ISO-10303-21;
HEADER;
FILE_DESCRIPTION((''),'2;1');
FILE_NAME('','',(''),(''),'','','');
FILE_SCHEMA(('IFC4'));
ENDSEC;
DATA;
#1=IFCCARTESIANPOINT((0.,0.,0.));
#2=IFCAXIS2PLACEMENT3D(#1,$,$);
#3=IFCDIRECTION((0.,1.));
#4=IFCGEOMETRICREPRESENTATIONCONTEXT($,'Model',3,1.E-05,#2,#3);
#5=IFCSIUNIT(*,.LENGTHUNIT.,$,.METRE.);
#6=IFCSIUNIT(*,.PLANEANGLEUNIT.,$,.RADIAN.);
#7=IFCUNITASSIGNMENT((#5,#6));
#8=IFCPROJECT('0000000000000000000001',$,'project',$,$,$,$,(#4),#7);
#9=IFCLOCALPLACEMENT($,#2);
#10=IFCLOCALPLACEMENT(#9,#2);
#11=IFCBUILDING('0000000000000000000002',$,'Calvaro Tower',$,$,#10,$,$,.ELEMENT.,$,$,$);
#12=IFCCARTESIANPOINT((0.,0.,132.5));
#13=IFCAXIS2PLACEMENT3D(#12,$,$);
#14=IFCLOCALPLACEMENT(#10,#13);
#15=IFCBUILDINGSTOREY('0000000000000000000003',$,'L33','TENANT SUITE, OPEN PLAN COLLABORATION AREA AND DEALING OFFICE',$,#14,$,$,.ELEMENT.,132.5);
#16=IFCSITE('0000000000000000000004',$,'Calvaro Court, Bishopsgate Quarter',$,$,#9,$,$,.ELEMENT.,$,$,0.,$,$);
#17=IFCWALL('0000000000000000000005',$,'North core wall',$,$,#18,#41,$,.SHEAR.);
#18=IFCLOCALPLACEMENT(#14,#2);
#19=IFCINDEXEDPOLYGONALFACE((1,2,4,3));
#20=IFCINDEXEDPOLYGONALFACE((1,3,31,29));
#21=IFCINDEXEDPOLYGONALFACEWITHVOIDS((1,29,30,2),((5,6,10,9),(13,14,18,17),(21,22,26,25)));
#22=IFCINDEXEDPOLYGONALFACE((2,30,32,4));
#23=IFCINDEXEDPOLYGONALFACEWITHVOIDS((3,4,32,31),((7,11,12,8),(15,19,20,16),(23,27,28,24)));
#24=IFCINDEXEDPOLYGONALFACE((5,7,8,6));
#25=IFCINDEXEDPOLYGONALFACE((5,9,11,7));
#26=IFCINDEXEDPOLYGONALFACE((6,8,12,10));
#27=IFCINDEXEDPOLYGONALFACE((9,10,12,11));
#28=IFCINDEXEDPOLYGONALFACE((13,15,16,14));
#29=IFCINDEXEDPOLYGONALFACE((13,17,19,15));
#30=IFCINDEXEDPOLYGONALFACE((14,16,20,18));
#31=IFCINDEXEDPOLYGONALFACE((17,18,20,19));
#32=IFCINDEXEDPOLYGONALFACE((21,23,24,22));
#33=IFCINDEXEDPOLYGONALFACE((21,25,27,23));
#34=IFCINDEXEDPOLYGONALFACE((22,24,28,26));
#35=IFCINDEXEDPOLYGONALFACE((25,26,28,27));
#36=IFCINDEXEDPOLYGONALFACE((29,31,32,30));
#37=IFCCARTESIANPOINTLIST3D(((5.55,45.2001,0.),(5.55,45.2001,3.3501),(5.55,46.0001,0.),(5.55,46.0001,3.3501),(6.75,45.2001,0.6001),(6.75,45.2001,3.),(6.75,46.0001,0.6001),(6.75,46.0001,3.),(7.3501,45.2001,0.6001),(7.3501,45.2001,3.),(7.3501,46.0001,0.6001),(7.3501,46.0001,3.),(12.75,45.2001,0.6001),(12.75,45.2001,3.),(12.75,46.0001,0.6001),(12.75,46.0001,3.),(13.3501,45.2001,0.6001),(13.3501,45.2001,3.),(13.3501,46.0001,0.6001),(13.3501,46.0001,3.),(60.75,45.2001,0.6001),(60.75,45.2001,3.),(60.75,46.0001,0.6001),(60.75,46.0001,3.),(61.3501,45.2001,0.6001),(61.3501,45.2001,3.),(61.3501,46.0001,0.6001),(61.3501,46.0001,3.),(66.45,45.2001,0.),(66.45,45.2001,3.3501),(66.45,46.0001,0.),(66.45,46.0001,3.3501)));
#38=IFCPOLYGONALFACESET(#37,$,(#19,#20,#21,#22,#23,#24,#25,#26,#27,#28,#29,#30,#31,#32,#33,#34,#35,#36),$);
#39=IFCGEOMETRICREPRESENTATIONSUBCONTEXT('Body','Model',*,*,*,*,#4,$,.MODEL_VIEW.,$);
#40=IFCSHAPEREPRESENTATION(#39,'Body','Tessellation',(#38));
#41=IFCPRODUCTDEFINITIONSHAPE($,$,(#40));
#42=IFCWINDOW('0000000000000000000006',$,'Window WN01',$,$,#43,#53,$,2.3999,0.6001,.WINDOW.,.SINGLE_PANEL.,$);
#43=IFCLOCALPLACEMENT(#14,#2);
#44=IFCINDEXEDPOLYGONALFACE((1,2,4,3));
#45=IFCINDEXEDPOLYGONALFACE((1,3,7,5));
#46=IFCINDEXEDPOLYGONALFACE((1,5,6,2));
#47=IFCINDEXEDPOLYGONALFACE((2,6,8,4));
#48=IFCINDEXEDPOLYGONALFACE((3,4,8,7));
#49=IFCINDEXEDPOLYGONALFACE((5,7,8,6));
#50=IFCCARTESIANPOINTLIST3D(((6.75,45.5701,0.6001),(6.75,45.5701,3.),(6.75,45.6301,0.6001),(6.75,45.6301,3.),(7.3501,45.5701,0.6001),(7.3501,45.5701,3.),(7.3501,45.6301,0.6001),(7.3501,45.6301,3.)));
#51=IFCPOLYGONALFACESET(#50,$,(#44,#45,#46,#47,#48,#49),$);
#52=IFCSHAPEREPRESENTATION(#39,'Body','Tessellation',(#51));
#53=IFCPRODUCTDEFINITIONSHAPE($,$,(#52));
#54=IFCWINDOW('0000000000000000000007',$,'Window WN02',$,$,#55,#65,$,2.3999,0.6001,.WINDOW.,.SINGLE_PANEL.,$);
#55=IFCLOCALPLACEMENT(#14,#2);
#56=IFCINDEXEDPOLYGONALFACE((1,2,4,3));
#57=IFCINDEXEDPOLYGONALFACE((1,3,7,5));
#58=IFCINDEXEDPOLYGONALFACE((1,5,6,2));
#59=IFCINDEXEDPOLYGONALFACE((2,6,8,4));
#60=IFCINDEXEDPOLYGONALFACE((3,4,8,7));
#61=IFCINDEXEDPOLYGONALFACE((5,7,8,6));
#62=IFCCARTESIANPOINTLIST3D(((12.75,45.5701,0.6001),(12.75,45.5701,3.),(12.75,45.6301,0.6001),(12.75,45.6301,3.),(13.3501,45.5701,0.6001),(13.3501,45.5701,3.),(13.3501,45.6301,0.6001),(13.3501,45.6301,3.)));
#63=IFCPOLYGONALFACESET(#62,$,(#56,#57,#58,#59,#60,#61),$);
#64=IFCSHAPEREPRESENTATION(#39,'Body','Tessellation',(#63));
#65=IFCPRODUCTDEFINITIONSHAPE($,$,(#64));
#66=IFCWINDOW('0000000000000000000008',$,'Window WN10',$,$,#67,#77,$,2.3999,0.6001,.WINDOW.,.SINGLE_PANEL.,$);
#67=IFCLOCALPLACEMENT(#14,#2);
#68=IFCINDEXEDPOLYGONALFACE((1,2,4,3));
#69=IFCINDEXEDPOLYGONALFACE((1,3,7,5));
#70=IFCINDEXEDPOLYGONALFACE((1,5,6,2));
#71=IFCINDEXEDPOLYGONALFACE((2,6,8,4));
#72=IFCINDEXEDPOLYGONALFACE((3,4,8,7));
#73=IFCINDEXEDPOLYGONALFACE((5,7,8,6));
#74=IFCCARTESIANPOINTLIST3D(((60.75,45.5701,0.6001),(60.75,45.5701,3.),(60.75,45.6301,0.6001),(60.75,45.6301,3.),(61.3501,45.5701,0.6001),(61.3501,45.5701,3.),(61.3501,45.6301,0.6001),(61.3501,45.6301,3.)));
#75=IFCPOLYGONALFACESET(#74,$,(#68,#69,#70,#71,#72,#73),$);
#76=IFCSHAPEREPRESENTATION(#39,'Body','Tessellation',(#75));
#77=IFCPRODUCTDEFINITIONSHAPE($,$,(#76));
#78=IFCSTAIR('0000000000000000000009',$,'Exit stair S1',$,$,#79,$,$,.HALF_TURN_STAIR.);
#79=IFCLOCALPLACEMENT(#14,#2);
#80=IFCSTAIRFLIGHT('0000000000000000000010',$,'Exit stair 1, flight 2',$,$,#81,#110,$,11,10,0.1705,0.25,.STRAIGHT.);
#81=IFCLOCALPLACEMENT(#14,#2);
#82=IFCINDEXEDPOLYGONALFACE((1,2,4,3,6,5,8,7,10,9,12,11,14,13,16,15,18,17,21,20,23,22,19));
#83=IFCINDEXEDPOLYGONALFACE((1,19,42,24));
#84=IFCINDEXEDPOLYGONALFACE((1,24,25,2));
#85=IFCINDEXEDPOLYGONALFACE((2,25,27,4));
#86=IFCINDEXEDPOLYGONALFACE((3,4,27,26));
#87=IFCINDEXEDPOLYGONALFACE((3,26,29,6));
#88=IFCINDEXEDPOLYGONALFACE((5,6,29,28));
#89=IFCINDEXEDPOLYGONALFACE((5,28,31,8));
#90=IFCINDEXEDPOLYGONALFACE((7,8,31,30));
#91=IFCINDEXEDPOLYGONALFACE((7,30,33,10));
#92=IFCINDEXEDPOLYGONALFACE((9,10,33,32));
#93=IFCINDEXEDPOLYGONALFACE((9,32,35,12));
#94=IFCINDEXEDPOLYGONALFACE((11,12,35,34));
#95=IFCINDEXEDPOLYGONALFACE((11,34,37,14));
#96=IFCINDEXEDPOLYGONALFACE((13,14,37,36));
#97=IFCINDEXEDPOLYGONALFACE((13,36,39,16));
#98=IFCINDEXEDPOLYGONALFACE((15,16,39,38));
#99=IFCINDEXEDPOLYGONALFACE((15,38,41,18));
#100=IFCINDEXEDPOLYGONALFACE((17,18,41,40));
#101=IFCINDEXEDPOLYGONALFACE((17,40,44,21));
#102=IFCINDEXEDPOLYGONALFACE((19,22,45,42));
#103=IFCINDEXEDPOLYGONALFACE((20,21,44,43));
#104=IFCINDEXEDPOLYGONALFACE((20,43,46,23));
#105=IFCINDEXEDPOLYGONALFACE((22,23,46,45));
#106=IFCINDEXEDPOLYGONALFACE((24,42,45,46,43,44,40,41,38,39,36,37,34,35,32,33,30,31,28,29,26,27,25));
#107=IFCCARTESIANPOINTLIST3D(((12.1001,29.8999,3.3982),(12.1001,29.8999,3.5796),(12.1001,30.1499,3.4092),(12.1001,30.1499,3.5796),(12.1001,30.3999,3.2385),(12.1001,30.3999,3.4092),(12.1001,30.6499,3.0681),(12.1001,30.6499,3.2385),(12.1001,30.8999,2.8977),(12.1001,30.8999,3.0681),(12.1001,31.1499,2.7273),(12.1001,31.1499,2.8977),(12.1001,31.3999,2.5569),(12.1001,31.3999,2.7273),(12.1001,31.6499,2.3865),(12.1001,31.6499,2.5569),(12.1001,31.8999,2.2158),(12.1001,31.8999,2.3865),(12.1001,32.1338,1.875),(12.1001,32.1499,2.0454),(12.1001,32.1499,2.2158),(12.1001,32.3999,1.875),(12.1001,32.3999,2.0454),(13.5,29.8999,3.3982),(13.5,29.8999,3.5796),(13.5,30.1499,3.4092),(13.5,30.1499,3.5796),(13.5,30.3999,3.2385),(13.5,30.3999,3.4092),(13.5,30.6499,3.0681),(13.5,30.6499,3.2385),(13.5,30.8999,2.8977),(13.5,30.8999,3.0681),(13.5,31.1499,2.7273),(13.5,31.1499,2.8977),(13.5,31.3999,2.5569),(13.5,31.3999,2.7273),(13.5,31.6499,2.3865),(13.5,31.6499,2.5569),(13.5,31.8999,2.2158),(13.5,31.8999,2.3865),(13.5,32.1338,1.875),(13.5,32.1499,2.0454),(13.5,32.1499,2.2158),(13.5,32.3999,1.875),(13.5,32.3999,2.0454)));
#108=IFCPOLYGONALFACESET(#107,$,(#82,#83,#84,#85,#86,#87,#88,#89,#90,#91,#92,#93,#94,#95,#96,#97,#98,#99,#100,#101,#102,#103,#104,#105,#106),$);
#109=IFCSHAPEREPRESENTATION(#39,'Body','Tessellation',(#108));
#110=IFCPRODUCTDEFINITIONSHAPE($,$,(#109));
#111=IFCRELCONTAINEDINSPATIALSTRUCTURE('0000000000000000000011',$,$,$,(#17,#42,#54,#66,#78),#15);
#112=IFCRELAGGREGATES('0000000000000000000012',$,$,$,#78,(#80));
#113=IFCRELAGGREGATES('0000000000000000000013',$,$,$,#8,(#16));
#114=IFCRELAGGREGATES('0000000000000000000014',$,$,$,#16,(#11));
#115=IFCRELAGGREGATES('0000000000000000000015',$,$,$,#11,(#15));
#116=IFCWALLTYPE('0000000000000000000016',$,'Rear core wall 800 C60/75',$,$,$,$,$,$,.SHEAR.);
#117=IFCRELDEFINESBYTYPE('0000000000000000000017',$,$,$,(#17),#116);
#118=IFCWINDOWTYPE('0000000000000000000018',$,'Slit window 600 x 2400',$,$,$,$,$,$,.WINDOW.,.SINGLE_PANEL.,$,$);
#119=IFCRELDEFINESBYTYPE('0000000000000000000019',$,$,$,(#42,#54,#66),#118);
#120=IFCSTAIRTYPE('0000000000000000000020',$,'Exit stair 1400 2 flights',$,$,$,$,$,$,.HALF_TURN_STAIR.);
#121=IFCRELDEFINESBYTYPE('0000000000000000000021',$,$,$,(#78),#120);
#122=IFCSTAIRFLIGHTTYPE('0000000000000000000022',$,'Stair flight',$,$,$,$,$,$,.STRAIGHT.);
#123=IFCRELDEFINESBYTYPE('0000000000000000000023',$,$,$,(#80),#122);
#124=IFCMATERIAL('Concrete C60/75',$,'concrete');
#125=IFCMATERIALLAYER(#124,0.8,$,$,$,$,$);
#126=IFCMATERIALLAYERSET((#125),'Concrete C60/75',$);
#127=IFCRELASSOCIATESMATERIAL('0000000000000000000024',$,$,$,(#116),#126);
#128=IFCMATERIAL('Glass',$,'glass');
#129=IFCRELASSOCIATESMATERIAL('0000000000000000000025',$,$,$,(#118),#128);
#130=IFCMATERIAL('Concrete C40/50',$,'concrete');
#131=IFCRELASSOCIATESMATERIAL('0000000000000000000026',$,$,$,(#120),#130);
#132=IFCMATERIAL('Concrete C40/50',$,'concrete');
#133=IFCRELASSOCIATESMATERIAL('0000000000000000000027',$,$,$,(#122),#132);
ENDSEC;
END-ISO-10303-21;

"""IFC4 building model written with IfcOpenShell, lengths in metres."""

from ifc_helpers import new_model, si_unit, direction, frame, frame_2d, origin, place, context, subcontext, project, spatial, polyline, rectangle, outline, extrude, material, layer, layer_set, type_object, element, fill, aggregate, save


model = new_model("IFC4")

# Units and contexts
model_context = context("Model", 3, precision=1e-05, world=origin(), true_north=direction((0.0, 1.0)))
body_context = subcontext(model_context, "Body", "Model", "MODEL_VIEW")
ifc_project = project(units=[si_unit("LENGTHUNIT", "METRE"), si_unit("PLANEANGLEUNIT", "RADIAN")], contexts=[model_context])

# Site, building, storey
site_placement = place(None, origin())
site = spatial("IfcSite", under=ifc_project, at=site_placement, Name="Calvaro Court, Bishopsgate Quarter", CompositionType="ELEMENT", RefElevation=0.0)
building_placement = place(site_placement, origin())
building = spatial("IfcBuilding", under=site, at=building_placement, Name="Calvaro Tower", CompositionType="ELEMENT")
storey_placement = place(building_placement, frame((0.0, 0.0, 132.5)))
storey = spatial("IfcBuildingStorey", under=building, at=storey_placement, Name="L33", Description="TENANT SUITE, OPEN PLAN COLLABORATION AREA AND DEALING OFFICE", CompositionType="ELEMENT", Elevation=132.5)

# Wall, openings, windows
ifc_material_1 = material(Name="Concrete C60/75", Category="concrete")
ifc_layer_1 = layer(ifc_material_1, 0.8)
ifc_layer_set_1 = layer_set([ifc_layer_1], Name="Concrete C60/75")
wall_type_1 = type_object("IfcWallType", Name="Rear core wall 800 C60/75", PredefinedType="SHEAR", material=ifc_layer_set_1)
wall_1_placement = place(storey_placement, frame((5.55, 45.6001, 0.0), z_axis=(0.0, 0.0, 1.0), x_axis=(1.0, 0.0, 0.0)))
wall_1 = element("IfcWall", 1, at=wall_1_placement, inside=storey, type_object=wall_type_1, Name="North core wall", PredefinedType="SHEAR", context=body_context, shape_type="SweptSolid", body=[
    extrude(rectangle(XDim=60.8999, YDim=0.8, at=frame_2d((30.45, 0.0))), origin(), (0.0, 0.0, 1.0), 3.3501),
])
opening_1_placement = place(wall_1_placement, frame((1.2, 0.0, 0.6001)))
opening_1 = element("IfcOpeningElement", 2, at=opening_1_placement, cuts=wall_1, PredefinedType="OPENING", context=body_context, shape_type="SweptSolid", body=[
    extrude(rectangle(XDim=0.6001, YDim=2.3999, at=frame_2d((0.3, 1.2))), frame((0.0, 0.4099, 0.0), z_axis=(0.0, -1.0, 0.0), x_axis=(1.0, 0.0, 0.0)), (0.0, 0.0, 1.0), 0.8201),
])
opening_2_placement = place(wall_1_placement, frame((7.2, 0.0, 0.6001)))
opening_2 = element("IfcOpeningElement", 3, at=opening_2_placement, cuts=wall_1, PredefinedType="OPENING", context=body_context, shape_type="SweptSolid", body=[
    extrude(rectangle(XDim=0.6001, YDim=2.3999, at=frame_2d((0.3, 1.2))), frame((0.0, 0.4099, 0.0), z_axis=(0.0, -1.0, 0.0), x_axis=(1.0, 0.0, 0.0)), (0.0, 0.0, 1.0), 0.8201),
])
opening_3_placement = place(wall_1_placement, frame((55.2, 0.0, 0.6001)))
opening_3 = element("IfcOpeningElement", 4, at=opening_3_placement, cuts=wall_1, PredefinedType="OPENING", context=body_context, shape_type="SweptSolid", body=[
    extrude(rectangle(XDim=0.6001, YDim=2.3999, at=frame_2d((0.3, 1.2))), frame((0.0, 0.4099, 0.0), z_axis=(0.0, -1.0, 0.0), x_axis=(1.0, 0.0, 0.0)), (0.0, 0.0, 1.0), 0.8201),
])
ifc_material_2 = material(Name="Glass", Category="glass")
window_type = type_object("IfcWindowType", Name="Slit window 600 x 2400", PartitioningType="SINGLE_PANEL", PredefinedType="WINDOW", material=ifc_material_2)
window_1_placement = place(opening_1_placement, origin())
window_1 = element("IfcWindow", 5, at=window_1_placement, inside=storey, type_object=window_type, Name="Window WN01", OverallHeight=2.3999, OverallWidth=0.6001, PartitioningType="SINGLE_PANEL", PredefinedType="WINDOW", context=body_context, shape_type="SweptSolid", body=[
    extrude(rectangle(XDim=0.6001, YDim=2.3999, at=frame_2d((0.3, 1.2))), frame((0.0, 0.03, 0.0), z_axis=(0.0, -1.0, 0.0), x_axis=(1.0, 0.0, 0.0)), (0.0, 0.0, 1.0), 0.0601),
])
fill(opening_1, window_1)
window_2_placement = place(opening_2_placement, origin())
window_2 = element("IfcWindow", 6, at=window_2_placement, inside=storey, type_object=window_type, Name="Window WN02", OverallHeight=2.3999, OverallWidth=0.6001, PartitioningType="SINGLE_PANEL", PredefinedType="WINDOW", context=body_context, shape_type="SweptSolid", body=[
    extrude(rectangle(XDim=0.6001, YDim=2.3999, at=frame_2d((0.3, 1.2))), frame((0.0, 0.03, 0.0), z_axis=(0.0, -1.0, 0.0), x_axis=(1.0, 0.0, 0.0)), (0.0, 0.0, 1.0), 0.0601),
])
fill(opening_2, window_2)
window_3_placement = place(opening_3_placement, origin())
window_3 = element("IfcWindow", 7, at=window_3_placement, inside=storey, type_object=window_type, Name="Window WN10", OverallHeight=2.3999, OverallWidth=0.6001, PartitioningType="SINGLE_PANEL", PredefinedType="WINDOW", context=body_context, shape_type="SweptSolid", body=[
    extrude(rectangle(XDim=0.6001, YDim=2.3999, at=frame_2d((0.3, 1.2))), frame((0.0, 0.03, 0.0), z_axis=(0.0, -1.0, 0.0), x_axis=(1.0, 0.0, 0.0)), (0.0, 0.0, 1.0), 0.0601),
])
fill(opening_3, window_3)

# Stair, stair flight
ifc_material_3 = material(Name="Concrete C40/50", Category="concrete")
stair_type = type_object("IfcStairType", Name="Exit stair 1400 2 flights", PredefinedType="HALF_TURN_STAIR", material=ifc_material_3)
stair_placement = place(storey_placement, origin())
stair = element("IfcStair", 8, at=stair_placement, inside=storey, type_object=stair_type, Name="Exit stair S1", PredefinedType="HALF_TURN_STAIR")
ifc_material_4 = material(Name="Concrete C40/50", Category="concrete")
stair_flight_type = type_object("IfcStairFlightType", Name="Stair flight", PredefinedType="STRAIGHT", material=ifc_material_4)
stair_flight_placement = place(storey_placement, frame((12.8, 32.3999, 1.875), z_axis=(0.0, 0.0, 1.0), x_axis=(0.0, -1.0, 0.0)))
stair_flight = element("IfcStairFlight", 9, at=stair_flight_placement, type_object=stair_flight_type, Name="Exit stair 1, flight 2", NumberOfRisers=11, NumberOfTreads=10, PredefinedType="STRAIGHT", RiserHeight=0.1705, TreadLength=0.25, context=body_context, shape_type="SweptSolid", body=[
    extrude(outline(polyline([(0.0, 0.0), (0.0, 0.1704), (0.25, 0.1704), (0.25, 0.3408), (0.5, 0.3408), (0.5, 0.5115), (0.75, 0.5115), (0.75, 0.6819), (1.0, 0.6819), (1.0, 0.8523), (1.25, 0.8523), (1.25, 1.0227), (1.5, 1.0227), (1.5, 1.1931), (1.75, 1.1931), (1.75, 1.3635), (2.0, 1.3635), (2.0, 1.5342), (2.25, 1.5342), (2.25, 1.7046), (2.5, 1.7046), (2.5, 1.875), (2.5, 1.5232), (0.2661, 0.0), (0.0, 0.0)])), frame((0.0, 0.7, 0.0), z_axis=(0.0, -1.0, 0.0), x_axis=(1.0, 0.0, 0.0)), (0.0, 0.0, 1.0), 1.3999),
])
aggregate(stair, [stair_flight])

save(model, "model.ifc")
